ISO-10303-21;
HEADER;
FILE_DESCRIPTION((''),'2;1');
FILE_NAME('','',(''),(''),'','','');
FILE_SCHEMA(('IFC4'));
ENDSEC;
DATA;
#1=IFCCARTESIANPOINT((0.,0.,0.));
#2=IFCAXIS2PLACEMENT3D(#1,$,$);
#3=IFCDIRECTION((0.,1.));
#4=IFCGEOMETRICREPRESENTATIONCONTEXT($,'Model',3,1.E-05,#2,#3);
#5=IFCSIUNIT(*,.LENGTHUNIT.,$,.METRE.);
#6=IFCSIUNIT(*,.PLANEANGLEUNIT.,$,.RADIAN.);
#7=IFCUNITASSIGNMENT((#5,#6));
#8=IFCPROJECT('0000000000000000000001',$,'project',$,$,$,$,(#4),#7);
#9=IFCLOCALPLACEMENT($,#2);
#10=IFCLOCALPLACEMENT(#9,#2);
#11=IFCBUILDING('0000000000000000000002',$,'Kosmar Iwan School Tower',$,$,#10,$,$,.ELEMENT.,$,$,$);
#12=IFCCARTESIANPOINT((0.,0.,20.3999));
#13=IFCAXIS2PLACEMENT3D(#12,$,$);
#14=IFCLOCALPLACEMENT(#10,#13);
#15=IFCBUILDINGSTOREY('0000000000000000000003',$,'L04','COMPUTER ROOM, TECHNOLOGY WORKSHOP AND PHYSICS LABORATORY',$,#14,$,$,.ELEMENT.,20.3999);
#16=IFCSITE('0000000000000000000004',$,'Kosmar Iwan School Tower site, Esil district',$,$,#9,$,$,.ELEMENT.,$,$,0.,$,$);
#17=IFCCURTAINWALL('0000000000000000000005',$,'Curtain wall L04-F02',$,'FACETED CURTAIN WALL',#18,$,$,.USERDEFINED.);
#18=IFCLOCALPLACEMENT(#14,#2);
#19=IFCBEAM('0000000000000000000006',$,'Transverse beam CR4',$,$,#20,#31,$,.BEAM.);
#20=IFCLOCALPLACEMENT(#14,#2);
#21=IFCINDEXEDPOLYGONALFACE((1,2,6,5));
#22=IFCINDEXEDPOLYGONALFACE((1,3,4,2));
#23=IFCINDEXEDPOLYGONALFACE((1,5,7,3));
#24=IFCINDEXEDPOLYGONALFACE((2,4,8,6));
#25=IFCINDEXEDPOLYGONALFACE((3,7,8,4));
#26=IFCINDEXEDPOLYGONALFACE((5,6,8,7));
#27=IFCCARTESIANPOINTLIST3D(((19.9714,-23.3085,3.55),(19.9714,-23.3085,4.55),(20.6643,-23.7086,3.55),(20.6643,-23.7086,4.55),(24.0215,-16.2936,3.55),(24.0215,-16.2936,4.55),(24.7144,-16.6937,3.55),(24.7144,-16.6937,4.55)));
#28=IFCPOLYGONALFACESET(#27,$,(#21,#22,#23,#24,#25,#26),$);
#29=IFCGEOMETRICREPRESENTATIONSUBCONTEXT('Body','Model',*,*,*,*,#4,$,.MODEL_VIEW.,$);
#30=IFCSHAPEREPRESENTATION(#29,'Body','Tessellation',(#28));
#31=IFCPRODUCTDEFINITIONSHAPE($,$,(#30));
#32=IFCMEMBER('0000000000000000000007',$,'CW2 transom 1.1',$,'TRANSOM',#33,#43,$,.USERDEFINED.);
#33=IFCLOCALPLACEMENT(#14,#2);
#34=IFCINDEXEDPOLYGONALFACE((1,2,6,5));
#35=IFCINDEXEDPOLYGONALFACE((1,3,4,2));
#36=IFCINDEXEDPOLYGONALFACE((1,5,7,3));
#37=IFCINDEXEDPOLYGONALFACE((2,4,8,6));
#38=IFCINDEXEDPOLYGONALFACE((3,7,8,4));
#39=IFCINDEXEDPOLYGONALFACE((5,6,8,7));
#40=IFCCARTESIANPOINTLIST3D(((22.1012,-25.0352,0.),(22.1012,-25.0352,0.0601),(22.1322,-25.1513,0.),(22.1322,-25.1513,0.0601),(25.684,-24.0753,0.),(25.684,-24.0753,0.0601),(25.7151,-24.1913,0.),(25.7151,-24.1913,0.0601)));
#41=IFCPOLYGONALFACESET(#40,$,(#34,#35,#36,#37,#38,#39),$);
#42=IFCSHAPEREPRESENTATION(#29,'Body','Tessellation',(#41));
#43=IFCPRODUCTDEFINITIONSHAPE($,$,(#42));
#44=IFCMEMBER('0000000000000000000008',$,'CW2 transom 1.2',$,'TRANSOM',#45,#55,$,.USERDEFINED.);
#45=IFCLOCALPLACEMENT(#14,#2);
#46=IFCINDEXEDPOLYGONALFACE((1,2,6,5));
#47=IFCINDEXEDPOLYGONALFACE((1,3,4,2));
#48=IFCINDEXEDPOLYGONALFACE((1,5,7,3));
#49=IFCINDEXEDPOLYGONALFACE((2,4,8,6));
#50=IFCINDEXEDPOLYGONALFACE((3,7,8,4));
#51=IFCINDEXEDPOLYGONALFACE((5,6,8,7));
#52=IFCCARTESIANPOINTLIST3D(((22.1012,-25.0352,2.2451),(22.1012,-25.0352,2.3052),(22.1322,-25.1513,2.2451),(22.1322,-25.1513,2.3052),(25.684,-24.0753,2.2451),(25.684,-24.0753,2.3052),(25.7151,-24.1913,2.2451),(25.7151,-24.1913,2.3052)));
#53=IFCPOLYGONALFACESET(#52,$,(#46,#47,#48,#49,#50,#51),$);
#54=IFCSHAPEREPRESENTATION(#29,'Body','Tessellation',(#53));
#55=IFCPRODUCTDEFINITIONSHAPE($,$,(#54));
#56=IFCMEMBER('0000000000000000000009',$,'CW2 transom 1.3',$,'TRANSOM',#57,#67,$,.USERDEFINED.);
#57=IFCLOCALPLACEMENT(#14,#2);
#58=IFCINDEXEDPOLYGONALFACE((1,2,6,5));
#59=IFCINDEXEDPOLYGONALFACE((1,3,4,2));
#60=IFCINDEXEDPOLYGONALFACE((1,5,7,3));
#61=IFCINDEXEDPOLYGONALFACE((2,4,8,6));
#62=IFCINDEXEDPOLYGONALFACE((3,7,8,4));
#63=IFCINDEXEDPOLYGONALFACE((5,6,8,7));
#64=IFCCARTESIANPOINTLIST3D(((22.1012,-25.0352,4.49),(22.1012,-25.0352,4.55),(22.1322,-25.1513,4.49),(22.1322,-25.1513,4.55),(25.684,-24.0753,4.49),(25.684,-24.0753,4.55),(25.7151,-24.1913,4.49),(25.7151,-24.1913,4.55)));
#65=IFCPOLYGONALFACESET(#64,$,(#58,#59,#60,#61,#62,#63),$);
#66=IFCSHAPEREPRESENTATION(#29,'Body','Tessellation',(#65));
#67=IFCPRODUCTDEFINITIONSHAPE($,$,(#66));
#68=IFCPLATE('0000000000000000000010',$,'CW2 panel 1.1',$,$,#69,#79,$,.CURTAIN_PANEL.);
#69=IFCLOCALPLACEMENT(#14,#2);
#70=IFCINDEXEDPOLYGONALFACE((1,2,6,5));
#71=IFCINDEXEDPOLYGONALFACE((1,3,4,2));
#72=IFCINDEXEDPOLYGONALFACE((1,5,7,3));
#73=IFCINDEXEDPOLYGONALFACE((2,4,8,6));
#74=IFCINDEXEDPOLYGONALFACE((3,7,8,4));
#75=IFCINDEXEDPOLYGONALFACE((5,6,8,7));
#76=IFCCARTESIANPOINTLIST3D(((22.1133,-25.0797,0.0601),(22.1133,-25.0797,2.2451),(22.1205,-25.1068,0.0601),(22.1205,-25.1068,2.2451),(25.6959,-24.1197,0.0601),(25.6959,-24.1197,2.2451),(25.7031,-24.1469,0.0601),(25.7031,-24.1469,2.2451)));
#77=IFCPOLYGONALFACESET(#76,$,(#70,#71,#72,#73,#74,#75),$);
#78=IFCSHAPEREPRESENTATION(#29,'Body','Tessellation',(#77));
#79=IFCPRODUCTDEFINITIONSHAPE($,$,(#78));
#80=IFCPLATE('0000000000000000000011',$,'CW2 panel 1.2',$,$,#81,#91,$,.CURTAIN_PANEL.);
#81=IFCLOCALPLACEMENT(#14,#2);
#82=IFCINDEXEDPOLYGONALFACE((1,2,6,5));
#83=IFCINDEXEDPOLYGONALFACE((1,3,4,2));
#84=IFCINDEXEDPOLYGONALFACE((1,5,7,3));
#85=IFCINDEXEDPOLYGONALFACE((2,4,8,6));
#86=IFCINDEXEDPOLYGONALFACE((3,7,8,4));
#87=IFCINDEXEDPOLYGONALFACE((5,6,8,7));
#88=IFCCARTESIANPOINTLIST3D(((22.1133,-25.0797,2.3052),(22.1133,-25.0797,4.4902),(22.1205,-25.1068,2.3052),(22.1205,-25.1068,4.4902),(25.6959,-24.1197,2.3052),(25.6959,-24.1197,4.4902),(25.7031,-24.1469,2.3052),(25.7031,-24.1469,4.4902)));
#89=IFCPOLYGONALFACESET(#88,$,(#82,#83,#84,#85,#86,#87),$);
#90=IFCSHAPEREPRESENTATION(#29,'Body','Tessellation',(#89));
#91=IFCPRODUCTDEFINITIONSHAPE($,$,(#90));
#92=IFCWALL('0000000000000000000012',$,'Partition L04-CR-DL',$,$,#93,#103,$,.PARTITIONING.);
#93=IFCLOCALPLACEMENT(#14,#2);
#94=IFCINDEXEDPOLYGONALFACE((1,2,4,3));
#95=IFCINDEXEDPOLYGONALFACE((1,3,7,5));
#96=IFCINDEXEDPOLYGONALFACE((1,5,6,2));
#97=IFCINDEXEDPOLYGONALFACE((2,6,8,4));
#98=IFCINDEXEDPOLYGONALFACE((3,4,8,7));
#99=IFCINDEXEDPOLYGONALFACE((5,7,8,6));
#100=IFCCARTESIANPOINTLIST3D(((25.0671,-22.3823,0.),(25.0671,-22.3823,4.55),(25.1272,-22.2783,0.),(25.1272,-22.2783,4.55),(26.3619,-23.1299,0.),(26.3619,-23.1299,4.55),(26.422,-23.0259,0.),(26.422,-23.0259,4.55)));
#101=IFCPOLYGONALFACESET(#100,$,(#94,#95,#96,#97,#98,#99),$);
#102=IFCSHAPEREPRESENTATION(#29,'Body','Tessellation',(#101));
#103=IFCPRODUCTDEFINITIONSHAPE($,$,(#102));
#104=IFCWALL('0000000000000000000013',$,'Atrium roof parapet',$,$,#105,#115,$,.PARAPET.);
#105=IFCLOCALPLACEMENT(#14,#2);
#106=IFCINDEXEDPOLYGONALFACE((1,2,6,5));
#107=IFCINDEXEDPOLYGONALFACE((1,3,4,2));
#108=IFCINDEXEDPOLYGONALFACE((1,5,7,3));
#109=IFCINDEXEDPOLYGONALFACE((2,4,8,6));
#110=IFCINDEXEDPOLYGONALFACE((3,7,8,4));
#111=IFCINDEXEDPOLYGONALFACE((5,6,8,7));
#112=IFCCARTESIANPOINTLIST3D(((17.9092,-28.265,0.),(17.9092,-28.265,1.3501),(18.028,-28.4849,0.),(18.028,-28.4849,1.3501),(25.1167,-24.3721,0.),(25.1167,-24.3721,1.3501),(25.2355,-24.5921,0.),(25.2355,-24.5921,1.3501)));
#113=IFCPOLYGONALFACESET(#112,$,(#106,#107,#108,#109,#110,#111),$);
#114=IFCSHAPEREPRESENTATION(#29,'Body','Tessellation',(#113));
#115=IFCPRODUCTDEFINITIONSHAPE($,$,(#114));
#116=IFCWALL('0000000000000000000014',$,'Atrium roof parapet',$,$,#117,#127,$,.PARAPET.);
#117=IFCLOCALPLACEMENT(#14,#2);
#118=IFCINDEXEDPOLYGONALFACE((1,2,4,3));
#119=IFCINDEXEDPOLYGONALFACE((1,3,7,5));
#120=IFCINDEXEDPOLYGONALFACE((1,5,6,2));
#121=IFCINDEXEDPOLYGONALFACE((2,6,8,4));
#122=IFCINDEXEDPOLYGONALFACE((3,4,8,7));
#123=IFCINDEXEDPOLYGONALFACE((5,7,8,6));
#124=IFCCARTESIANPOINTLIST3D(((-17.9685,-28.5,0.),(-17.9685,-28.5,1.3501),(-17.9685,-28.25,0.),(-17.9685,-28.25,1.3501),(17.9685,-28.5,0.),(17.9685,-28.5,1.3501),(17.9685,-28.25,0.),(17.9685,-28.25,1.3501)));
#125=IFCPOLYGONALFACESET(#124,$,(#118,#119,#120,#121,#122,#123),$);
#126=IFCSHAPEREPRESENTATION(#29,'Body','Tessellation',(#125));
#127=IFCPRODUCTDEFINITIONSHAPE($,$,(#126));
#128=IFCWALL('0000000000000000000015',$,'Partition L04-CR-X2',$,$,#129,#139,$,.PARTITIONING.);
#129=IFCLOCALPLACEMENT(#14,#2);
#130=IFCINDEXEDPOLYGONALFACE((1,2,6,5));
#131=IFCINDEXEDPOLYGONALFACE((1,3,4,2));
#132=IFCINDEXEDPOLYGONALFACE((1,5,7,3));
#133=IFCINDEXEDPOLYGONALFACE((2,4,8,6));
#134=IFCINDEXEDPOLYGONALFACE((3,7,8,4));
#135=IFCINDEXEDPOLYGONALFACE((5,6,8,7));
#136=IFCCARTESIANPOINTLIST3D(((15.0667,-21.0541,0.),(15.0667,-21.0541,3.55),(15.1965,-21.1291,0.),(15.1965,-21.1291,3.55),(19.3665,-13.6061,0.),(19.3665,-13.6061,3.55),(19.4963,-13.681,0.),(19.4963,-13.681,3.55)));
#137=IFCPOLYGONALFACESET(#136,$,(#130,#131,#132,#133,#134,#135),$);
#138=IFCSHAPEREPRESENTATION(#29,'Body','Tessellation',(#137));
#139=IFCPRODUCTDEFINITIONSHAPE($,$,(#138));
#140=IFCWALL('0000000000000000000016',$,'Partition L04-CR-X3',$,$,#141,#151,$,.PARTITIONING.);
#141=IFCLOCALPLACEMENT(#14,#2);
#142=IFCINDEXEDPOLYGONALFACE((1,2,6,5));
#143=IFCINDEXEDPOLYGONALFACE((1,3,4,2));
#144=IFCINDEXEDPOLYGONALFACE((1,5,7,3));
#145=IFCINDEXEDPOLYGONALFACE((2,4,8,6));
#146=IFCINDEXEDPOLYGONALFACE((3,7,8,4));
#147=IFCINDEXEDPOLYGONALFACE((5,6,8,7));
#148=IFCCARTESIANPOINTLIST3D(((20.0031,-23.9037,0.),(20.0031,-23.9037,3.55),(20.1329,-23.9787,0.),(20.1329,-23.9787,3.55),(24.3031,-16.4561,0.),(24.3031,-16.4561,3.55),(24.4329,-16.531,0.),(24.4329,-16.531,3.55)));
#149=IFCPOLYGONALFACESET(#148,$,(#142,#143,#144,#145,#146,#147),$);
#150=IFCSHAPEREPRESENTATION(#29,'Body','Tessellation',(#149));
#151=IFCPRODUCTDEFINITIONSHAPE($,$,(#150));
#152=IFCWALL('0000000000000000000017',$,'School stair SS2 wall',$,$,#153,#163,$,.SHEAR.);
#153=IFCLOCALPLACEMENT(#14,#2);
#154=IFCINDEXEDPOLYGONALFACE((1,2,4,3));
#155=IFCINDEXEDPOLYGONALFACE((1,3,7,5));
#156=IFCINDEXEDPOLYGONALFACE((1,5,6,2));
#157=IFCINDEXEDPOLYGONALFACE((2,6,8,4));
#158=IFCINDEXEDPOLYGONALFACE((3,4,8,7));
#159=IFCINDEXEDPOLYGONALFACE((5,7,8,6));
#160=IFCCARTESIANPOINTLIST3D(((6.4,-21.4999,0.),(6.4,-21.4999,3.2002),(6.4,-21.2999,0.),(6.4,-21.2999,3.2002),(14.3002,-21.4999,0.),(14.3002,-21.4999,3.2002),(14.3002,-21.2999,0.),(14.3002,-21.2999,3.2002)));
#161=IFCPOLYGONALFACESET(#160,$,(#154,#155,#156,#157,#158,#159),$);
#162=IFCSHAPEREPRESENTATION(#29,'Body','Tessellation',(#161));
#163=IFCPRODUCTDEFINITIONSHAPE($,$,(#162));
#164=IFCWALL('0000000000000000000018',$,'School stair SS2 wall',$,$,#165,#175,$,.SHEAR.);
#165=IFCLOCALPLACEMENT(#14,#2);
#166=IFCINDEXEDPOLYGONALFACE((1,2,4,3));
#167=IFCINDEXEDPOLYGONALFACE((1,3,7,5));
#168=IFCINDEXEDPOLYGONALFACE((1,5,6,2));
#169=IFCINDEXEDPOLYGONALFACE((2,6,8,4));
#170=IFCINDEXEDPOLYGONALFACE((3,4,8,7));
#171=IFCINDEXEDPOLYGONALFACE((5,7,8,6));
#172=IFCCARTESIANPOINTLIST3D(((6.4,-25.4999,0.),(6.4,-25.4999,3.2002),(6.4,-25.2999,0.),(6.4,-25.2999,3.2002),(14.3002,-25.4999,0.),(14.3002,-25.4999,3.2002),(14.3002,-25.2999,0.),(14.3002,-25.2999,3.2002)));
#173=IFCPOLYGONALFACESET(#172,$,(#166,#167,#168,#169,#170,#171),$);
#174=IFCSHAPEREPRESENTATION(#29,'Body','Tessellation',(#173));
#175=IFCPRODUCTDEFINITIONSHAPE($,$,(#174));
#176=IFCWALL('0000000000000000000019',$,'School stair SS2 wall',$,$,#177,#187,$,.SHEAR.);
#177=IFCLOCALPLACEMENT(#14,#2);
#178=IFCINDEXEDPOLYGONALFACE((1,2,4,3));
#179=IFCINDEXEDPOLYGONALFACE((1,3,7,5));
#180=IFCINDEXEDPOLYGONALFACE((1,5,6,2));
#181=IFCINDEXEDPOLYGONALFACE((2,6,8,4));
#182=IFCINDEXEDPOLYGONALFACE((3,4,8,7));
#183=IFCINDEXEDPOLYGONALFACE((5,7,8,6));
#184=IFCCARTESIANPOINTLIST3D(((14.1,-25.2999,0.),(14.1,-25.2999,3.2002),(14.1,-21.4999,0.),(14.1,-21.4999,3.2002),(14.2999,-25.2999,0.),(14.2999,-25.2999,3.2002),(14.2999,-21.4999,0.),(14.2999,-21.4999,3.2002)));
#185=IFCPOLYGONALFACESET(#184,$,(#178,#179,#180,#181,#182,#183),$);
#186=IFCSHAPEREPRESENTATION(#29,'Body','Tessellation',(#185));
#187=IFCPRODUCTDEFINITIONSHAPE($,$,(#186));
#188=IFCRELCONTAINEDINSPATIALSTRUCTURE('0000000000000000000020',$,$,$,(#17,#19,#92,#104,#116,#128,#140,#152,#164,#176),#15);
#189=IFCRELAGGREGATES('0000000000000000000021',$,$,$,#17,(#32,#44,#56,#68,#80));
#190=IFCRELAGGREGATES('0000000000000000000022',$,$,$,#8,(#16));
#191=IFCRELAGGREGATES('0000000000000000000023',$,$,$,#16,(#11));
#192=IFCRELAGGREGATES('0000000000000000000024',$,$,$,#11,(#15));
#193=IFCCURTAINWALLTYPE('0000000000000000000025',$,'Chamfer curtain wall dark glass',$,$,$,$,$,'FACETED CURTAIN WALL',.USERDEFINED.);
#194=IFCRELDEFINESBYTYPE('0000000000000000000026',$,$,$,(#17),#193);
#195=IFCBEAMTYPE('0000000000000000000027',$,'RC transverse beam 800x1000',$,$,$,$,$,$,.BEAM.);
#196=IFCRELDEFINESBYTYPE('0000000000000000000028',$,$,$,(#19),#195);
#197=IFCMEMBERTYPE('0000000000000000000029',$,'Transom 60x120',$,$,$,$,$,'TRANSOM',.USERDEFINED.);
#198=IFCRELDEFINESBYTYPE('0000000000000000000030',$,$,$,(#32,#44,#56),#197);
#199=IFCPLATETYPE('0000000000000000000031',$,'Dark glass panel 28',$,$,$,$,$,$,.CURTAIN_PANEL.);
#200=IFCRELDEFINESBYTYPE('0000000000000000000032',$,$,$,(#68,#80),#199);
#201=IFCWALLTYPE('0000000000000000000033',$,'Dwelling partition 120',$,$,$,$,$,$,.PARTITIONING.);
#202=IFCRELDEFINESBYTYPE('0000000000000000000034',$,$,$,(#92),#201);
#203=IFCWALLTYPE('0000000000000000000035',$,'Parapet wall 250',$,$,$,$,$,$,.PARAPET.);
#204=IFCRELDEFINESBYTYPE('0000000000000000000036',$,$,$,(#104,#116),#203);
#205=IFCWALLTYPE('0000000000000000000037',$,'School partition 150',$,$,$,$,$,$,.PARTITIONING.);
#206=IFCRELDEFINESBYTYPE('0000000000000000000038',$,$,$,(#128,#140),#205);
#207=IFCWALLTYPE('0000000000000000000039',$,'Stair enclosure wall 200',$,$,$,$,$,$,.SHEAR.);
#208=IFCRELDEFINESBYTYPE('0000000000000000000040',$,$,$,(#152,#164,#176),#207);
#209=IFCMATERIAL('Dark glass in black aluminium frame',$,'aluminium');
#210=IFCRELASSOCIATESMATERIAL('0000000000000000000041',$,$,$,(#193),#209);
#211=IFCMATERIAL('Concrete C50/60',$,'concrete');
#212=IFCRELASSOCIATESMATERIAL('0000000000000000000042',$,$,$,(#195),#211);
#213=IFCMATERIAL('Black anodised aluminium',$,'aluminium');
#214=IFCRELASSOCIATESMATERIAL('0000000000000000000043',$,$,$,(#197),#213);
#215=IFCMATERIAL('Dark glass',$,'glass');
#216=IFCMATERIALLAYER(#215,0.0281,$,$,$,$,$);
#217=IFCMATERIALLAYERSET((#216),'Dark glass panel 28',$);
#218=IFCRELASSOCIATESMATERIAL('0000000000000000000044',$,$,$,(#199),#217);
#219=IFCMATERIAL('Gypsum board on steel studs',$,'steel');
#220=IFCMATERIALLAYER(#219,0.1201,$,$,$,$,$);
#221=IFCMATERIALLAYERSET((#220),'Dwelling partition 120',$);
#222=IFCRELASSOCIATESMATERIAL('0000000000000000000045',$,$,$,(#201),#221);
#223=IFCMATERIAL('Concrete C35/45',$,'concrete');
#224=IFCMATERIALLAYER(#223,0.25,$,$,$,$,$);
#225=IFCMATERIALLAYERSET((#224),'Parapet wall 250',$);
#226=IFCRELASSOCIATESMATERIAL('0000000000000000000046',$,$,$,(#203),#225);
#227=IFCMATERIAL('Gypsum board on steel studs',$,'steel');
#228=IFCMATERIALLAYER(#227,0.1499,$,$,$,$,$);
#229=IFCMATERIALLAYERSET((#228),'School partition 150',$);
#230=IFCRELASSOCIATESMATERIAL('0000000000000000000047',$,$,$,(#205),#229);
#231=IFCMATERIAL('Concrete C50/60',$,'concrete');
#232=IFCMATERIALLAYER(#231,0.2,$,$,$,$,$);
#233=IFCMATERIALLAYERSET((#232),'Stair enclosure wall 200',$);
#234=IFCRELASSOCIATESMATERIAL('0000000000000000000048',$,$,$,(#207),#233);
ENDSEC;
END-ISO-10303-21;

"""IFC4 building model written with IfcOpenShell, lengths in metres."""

from ifc_helpers import new_model, si_unit, direction, frame, frame_2d, origin, origin_2d, place, context, subcontext, project, spatial, rectangle, extrude, material, layer, layer_set, material_profile, profile_set, type_object, element, aggregate, save


model = new_model("IFC4")

# Units and contexts
model_context = context("Model", 3, precision=1e-05, world=origin(), true_north=direction((0.0, 1.0)))
body_context = subcontext(model_context, "Body", "Model", "MODEL_VIEW")
ifc_project = project(units=[si_unit("LENGTHUNIT", "METRE"), si_unit("PLANEANGLEUNIT", "RADIAN")], contexts=[model_context])

# Site, building, storey
site_placement = place(None, origin())
site = spatial("IfcSite", under=ifc_project, at=site_placement, Name="Kosmar Iwan School Tower site, Esil district", CompositionType="ELEMENT", RefElevation=0.0)
building_placement = place(site_placement, origin())
building = spatial("IfcBuilding", under=site, at=building_placement, Name="Kosmar Iwan School Tower", CompositionType="ELEMENT")
storey_placement = place(building_placement, frame((0.0, 0.0, 20.3999)))
storey = spatial("IfcBuildingStorey", under=building, at=storey_placement, Name="L04", Description="COMPUTER ROOM, TECHNOLOGY WORKSHOP AND PHYSICS LABORATORY", CompositionType="ELEMENT", Elevation=20.3999)

# Curtain wall
ifc_material_1 = material(Name="Dark glass in black aluminium frame", Category="aluminium")
curtain_wall_type = type_object("IfcCurtainWallType", Name="Chamfer curtain wall dark glass", ElementType="FACETED CURTAIN WALL", PredefinedType="USERDEFINED", material=ifc_material_1)
curtain_wall_placement = place(storey_placement, origin())
curtain_wall = element("IfcCurtainWall", 1, at=curtain_wall_placement, inside=storey, type_object=curtain_wall_type, Name="Curtain wall L04-F02", ObjectType="FACETED CURTAIN WALL", PredefinedType="USERDEFINED")

# Beam
ifc_material_2 = material(Name="Concrete C50/60", Category="concrete")
ifc_material_profile_1 = material_profile(ifc_material_2, rectangle(XDim=0.8, YDim=1.0, at=origin_2d()), Name="RC 800x1000")
ifc_profile_set_1 = profile_set([ifc_material_profile_1], Name="Concrete C50/60")
beam_type_1 = type_object("IfcBeamType", Name="RC transverse beam 800x1000", PredefinedType="BEAM", material=ifc_profile_set_1)
for number, where, z_axis, x_axis, name in (
    (2, (20.3179, -23.5085, 4.05), (0.5, 0.866025, 0.0), (-0.866025, 0.5, 0.0), "Transverse beam CR4"),
):
    element("IfcBeam", number, at=place(storey_placement, frame(where, z_axis=z_axis, x_axis=x_axis)), inside=storey, type_object=beam_type_1, Name=name, PredefinedType="BEAM", context=body_context, shape_type="SweptSolid", body=[
        extrude(rectangle(XDim=0.8, YDim=1.0, at=origin_2d()), origin(), (0.0, 0.0, 1.0), 8.1001),
    ])

# Members
ifc_material_3 = material(Name="Black anodised aluminium", Category="aluminium")
ifc_material_profile_2 = material_profile(ifc_material_3, rectangle(XDim=0.1201, YDim=0.0601, at=origin_2d()), Name="TRANSOM 60x120")
ifc_profile_set_2 = profile_set([ifc_material_profile_2], Name="Black anodised aluminium")
member_type_1 = type_object("IfcMemberType", Name="Transom 60x120", ElementType="TRANSOM", PredefinedType="USERDEFINED", material=ifc_profile_set_2)
member_1_placement = place(storey_placement, frame((22.1167, -25.0933, 0.03), z_axis=(0.965928, 0.25881, 0.0), x_axis=(-0.25881, 0.965928, 0.0)))
member_1 = element("IfcMember", 3, at=member_1_placement, type_object=member_type_1, Name="CW2 transom 1.1", ObjectType="TRANSOM", PredefinedType="USERDEFINED", context=body_context, shape_type="SweptSolid", body=[
    extrude(rectangle(XDim=0.1201, YDim=0.0601, at=origin_2d()), origin(), (0.0, 0.0, 1.0), 3.7092),
])
member_2_placement = place(storey_placement, frame((22.1167, -25.0933, 2.2751), z_axis=(0.965928, 0.25881, 0.0), x_axis=(-0.25881, 0.965928, 0.0)))
member_2 = element("IfcMember", 4, at=member_2_placement, type_object=member_type_1, Name="CW2 transom 1.2", ObjectType="TRANSOM", PredefinedType="USERDEFINED", context=body_context, shape_type="SweptSolid", body=[
    extrude(rectangle(XDim=0.1201, YDim=0.0601, at=origin_2d()), origin(), (0.0, 0.0, 1.0), 3.7092),
])
member_3_placement = place(storey_placement, frame((22.1167, -25.0933, 4.52), z_axis=(0.965928, 0.25881, 0.0), x_axis=(-0.25881, 0.965928, 0.0)))
member_3 = element("IfcMember", 5, at=member_3_placement, type_object=member_type_1, Name="CW2 transom 1.3", ObjectType="TRANSOM", PredefinedType="USERDEFINED", context=body_context, shape_type="SweptSolid", body=[
    extrude(rectangle(XDim=0.1201, YDim=0.0601, at=origin_2d()), origin(), (0.0, 0.0, 1.0), 3.7092),
])

# Plates
ifc_material_4 = material(Name="Dark glass", Category="glass")
ifc_layer_1 = layer(ifc_material_4, 0.0281)
ifc_layer_set_1 = layer_set([ifc_layer_1], Name="Dark glass panel 28")
plate_type = type_object("IfcPlateType", Name="Dark glass panel 28", PredefinedType="CURTAIN_PANEL", material=ifc_layer_set_1)
plate_1_placement = place(storey_placement, frame((23.9082, -24.6133, 0.0601), z_axis=(0.0, 0.0, 1.0), x_axis=(0.965926, 0.258819, 0.0)))
plate_1 = element("IfcPlate", 6, at=plate_1_placement, type_object=plate_type, Name="CW2 panel 1.1", PredefinedType="CURTAIN_PANEL", context=body_context, shape_type="SweptSolid", body=[
    extrude(rectangle(XDim=3.709, YDim=0.0281, at=origin_2d()), origin(), (0.0, 0.0, 1.0), 2.1851),
])
plate_2_placement = place(storey_placement, frame((23.9082, -24.6133, 2.3052), z_axis=(0.0, 0.0, 1.0), x_axis=(0.965926, 0.258819, 0.0)))
plate_2 = element("IfcPlate", 7, at=plate_2_placement, type_object=plate_type, Name="CW2 panel 1.2", PredefinedType="CURTAIN_PANEL", context=body_context, shape_type="SweptSolid", body=[
    extrude(rectangle(XDim=3.709, YDim=0.0281, at=origin_2d()), origin(), (0.0, 0.0, 1.0), 2.1851),
])
aggregate(curtain_wall, [member_1, member_2, member_3, plate_1, plate_2])

# Walls
ifc_material_5 = material(Name="Gypsum board on steel studs", Category="steel")
ifc_layer_2 = layer(ifc_material_5, 0.1201)
ifc_layer_set_2 = layer_set([ifc_layer_2], Name="Dwelling partition 120")
wall_type_1 = type_object("IfcWallType", Name="Dwelling partition 120", PredefinedType="PARTITIONING", material=ifc_layer_set_2)
wall_1_placement = place(storey_placement, frame((25.0972, -22.3303, 0.0), z_axis=(0.0, 0.0, 1.0), x_axis=(0.866003, -0.500038, 0.0)))
element("IfcWall", 8, at=wall_1_placement, inside=storey, type_object=wall_type_1, Name="Partition L04-CR-DL", PredefinedType="PARTITIONING", context=body_context, shape_type="SweptSolid", body=[
    extrude(rectangle(XDim=1.4951, YDim=0.1201, at=frame_2d((0.7476, 0.0))), origin(), (0.0, 0.0, 1.0), 4.55),
])
ifc_material_6 = material(Name="Concrete C35/45", Category="concrete")
ifc_layer_3 = layer(ifc_material_6, 0.25)
ifc_layer_set_3 = layer_set([ifc_layer_3], Name="Parapet wall 250")
wall_type_2 = type_object("IfcWallType", Name="Parapet wall 250", PredefinedType="PARAPET", material=ifc_layer_set_3)
wall_2_placement = place(storey_placement, frame((25.176, -24.4822, 0.0), z_axis=(0.0, 0.0, 1.0), x_axis=(-0.879867, -0.475221, 0.0)))
element("IfcWall", 9, at=wall_2_placement, inside=storey, type_object=wall_type_2, Name="Atrium roof parapet", PredefinedType="PARAPET", context=body_context, shape_type="SweptSolid", body=[
    extrude(rectangle(XDim=8.1917, YDim=0.25, at=frame_2d((4.0957, 0.0))), origin(), (0.0, 0.0, 1.0), 1.3501),
])
wall_3_placement = place(storey_placement, frame((17.9685, -28.375, 0.0), z_axis=(0.0, 0.0, 1.0), x_axis=(-1.0, 0.0, 0.0)))
element("IfcWall", 10, at=wall_3_placement, inside=storey, type_object=wall_type_2, Name="Atrium roof parapet", PredefinedType="PARAPET", context=body_context, shape_type="SweptSolid", body=[
    extrude(rectangle(XDim=35.937, YDim=0.25, at=frame_2d((17.9685, 0.0))), origin(), (0.0, 0.0, 1.0), 1.3501),
])
ifc_material_7 = material(Name="Gypsum board on steel studs", Category="steel")
ifc_layer_4 = layer(ifc_material_7, 0.1499)
ifc_layer_set_4 = layer_set([ifc_layer_4], Name="School partition 150")
wall_type_3 = type_object("IfcWallType", Name="School partition 150", PredefinedType="PARTITIONING", material=ifc_layer_set_4)
wall_4_placement = place(storey_placement, frame((19.4314, -13.6436, 0.0), z_axis=(0.0, 0.0, 1.0), x_axis=(-0.499974, -0.86604, 0.0)))
element("IfcWall", 11, at=wall_4_placement, inside=storey, type_object=wall_type_3, Name="Partition L04-CR-X2", PredefinedType="PARTITIONING", context=body_context, shape_type="SweptSolid", body=[
    extrude(rectangle(XDim=8.6001, YDim=0.1499, at=frame_2d((4.3, 0.0))), origin(), (0.0, 0.0, 1.0), 3.55),
])
wall_5_placement = place(storey_placement, frame((24.3679, -16.4937, 0.0), z_axis=(0.0, 0.0, 1.0), x_axis=(-0.500008, -0.866021, 0.0)))
element("IfcWall", 12, at=wall_5_placement, inside=storey, type_object=wall_type_3, Name="Partition L04-CR-X3", PredefinedType="PARTITIONING", context=body_context, shape_type="SweptSolid", body=[
    extrude(rectangle(XDim=8.5999, YDim=0.1499, at=frame_2d((4.2998, 0.0))), origin(), (0.0, 0.0, 1.0), 3.55),
])
ifc_material_8 = material(Name="Concrete C50/60", Category="concrete")
ifc_layer_5 = layer(ifc_material_8, 0.2)
ifc_layer_set_5 = layer_set([ifc_layer_5], Name="Stair enclosure wall 200")
wall_type_4 = type_object("IfcWallType", Name="Stair enclosure wall 200", PredefinedType="SHEAR", material=ifc_layer_set_5)
for number, where, z_axis, x_axis, name in (
    (13, (6.3999, -21.3999, 0.0), (0.0, 0.0, 1.0), (1.0, 0.0, 0.0), "School stair SS2 wall"),
    (14, (6.3999, -25.3999, 0.0), (0.0, 0.0, 1.0), (1.0, 0.0, 0.0), "School stair SS2 wall"),
):
    element("IfcWall", number, at=place(storey_placement, frame(where, z_axis=z_axis, x_axis=x_axis)), inside=storey, type_object=wall_type_4, Name=name, PredefinedType="SHEAR", context=body_context, shape_type="SweptSolid", body=[
        extrude(rectangle(XDim=7.9001, YDim=0.2, at=frame_2d((3.9502, 0.0))), origin(), (0.0, 0.0, 1.0), 3.2002),
    ])
wall_6_placement = place(storey_placement, frame((14.2, -21.5, 0.0), z_axis=(0.0, 0.0, 1.0), x_axis=(0.0, -1.0, 0.0)))
element("IfcWall", 15, at=wall_6_placement, inside=storey, type_object=wall_type_4, Name="School stair SS2 wall", PredefinedType="SHEAR", context=body_context, shape_type="SweptSolid", body=[
    extrude(rectangle(XDim=3.8, YDim=0.2, at=frame_2d((1.8999, 0.0))), origin(), (0.0, 0.0, 1.0), 3.2002),
])

save(model, "model.ifc")
